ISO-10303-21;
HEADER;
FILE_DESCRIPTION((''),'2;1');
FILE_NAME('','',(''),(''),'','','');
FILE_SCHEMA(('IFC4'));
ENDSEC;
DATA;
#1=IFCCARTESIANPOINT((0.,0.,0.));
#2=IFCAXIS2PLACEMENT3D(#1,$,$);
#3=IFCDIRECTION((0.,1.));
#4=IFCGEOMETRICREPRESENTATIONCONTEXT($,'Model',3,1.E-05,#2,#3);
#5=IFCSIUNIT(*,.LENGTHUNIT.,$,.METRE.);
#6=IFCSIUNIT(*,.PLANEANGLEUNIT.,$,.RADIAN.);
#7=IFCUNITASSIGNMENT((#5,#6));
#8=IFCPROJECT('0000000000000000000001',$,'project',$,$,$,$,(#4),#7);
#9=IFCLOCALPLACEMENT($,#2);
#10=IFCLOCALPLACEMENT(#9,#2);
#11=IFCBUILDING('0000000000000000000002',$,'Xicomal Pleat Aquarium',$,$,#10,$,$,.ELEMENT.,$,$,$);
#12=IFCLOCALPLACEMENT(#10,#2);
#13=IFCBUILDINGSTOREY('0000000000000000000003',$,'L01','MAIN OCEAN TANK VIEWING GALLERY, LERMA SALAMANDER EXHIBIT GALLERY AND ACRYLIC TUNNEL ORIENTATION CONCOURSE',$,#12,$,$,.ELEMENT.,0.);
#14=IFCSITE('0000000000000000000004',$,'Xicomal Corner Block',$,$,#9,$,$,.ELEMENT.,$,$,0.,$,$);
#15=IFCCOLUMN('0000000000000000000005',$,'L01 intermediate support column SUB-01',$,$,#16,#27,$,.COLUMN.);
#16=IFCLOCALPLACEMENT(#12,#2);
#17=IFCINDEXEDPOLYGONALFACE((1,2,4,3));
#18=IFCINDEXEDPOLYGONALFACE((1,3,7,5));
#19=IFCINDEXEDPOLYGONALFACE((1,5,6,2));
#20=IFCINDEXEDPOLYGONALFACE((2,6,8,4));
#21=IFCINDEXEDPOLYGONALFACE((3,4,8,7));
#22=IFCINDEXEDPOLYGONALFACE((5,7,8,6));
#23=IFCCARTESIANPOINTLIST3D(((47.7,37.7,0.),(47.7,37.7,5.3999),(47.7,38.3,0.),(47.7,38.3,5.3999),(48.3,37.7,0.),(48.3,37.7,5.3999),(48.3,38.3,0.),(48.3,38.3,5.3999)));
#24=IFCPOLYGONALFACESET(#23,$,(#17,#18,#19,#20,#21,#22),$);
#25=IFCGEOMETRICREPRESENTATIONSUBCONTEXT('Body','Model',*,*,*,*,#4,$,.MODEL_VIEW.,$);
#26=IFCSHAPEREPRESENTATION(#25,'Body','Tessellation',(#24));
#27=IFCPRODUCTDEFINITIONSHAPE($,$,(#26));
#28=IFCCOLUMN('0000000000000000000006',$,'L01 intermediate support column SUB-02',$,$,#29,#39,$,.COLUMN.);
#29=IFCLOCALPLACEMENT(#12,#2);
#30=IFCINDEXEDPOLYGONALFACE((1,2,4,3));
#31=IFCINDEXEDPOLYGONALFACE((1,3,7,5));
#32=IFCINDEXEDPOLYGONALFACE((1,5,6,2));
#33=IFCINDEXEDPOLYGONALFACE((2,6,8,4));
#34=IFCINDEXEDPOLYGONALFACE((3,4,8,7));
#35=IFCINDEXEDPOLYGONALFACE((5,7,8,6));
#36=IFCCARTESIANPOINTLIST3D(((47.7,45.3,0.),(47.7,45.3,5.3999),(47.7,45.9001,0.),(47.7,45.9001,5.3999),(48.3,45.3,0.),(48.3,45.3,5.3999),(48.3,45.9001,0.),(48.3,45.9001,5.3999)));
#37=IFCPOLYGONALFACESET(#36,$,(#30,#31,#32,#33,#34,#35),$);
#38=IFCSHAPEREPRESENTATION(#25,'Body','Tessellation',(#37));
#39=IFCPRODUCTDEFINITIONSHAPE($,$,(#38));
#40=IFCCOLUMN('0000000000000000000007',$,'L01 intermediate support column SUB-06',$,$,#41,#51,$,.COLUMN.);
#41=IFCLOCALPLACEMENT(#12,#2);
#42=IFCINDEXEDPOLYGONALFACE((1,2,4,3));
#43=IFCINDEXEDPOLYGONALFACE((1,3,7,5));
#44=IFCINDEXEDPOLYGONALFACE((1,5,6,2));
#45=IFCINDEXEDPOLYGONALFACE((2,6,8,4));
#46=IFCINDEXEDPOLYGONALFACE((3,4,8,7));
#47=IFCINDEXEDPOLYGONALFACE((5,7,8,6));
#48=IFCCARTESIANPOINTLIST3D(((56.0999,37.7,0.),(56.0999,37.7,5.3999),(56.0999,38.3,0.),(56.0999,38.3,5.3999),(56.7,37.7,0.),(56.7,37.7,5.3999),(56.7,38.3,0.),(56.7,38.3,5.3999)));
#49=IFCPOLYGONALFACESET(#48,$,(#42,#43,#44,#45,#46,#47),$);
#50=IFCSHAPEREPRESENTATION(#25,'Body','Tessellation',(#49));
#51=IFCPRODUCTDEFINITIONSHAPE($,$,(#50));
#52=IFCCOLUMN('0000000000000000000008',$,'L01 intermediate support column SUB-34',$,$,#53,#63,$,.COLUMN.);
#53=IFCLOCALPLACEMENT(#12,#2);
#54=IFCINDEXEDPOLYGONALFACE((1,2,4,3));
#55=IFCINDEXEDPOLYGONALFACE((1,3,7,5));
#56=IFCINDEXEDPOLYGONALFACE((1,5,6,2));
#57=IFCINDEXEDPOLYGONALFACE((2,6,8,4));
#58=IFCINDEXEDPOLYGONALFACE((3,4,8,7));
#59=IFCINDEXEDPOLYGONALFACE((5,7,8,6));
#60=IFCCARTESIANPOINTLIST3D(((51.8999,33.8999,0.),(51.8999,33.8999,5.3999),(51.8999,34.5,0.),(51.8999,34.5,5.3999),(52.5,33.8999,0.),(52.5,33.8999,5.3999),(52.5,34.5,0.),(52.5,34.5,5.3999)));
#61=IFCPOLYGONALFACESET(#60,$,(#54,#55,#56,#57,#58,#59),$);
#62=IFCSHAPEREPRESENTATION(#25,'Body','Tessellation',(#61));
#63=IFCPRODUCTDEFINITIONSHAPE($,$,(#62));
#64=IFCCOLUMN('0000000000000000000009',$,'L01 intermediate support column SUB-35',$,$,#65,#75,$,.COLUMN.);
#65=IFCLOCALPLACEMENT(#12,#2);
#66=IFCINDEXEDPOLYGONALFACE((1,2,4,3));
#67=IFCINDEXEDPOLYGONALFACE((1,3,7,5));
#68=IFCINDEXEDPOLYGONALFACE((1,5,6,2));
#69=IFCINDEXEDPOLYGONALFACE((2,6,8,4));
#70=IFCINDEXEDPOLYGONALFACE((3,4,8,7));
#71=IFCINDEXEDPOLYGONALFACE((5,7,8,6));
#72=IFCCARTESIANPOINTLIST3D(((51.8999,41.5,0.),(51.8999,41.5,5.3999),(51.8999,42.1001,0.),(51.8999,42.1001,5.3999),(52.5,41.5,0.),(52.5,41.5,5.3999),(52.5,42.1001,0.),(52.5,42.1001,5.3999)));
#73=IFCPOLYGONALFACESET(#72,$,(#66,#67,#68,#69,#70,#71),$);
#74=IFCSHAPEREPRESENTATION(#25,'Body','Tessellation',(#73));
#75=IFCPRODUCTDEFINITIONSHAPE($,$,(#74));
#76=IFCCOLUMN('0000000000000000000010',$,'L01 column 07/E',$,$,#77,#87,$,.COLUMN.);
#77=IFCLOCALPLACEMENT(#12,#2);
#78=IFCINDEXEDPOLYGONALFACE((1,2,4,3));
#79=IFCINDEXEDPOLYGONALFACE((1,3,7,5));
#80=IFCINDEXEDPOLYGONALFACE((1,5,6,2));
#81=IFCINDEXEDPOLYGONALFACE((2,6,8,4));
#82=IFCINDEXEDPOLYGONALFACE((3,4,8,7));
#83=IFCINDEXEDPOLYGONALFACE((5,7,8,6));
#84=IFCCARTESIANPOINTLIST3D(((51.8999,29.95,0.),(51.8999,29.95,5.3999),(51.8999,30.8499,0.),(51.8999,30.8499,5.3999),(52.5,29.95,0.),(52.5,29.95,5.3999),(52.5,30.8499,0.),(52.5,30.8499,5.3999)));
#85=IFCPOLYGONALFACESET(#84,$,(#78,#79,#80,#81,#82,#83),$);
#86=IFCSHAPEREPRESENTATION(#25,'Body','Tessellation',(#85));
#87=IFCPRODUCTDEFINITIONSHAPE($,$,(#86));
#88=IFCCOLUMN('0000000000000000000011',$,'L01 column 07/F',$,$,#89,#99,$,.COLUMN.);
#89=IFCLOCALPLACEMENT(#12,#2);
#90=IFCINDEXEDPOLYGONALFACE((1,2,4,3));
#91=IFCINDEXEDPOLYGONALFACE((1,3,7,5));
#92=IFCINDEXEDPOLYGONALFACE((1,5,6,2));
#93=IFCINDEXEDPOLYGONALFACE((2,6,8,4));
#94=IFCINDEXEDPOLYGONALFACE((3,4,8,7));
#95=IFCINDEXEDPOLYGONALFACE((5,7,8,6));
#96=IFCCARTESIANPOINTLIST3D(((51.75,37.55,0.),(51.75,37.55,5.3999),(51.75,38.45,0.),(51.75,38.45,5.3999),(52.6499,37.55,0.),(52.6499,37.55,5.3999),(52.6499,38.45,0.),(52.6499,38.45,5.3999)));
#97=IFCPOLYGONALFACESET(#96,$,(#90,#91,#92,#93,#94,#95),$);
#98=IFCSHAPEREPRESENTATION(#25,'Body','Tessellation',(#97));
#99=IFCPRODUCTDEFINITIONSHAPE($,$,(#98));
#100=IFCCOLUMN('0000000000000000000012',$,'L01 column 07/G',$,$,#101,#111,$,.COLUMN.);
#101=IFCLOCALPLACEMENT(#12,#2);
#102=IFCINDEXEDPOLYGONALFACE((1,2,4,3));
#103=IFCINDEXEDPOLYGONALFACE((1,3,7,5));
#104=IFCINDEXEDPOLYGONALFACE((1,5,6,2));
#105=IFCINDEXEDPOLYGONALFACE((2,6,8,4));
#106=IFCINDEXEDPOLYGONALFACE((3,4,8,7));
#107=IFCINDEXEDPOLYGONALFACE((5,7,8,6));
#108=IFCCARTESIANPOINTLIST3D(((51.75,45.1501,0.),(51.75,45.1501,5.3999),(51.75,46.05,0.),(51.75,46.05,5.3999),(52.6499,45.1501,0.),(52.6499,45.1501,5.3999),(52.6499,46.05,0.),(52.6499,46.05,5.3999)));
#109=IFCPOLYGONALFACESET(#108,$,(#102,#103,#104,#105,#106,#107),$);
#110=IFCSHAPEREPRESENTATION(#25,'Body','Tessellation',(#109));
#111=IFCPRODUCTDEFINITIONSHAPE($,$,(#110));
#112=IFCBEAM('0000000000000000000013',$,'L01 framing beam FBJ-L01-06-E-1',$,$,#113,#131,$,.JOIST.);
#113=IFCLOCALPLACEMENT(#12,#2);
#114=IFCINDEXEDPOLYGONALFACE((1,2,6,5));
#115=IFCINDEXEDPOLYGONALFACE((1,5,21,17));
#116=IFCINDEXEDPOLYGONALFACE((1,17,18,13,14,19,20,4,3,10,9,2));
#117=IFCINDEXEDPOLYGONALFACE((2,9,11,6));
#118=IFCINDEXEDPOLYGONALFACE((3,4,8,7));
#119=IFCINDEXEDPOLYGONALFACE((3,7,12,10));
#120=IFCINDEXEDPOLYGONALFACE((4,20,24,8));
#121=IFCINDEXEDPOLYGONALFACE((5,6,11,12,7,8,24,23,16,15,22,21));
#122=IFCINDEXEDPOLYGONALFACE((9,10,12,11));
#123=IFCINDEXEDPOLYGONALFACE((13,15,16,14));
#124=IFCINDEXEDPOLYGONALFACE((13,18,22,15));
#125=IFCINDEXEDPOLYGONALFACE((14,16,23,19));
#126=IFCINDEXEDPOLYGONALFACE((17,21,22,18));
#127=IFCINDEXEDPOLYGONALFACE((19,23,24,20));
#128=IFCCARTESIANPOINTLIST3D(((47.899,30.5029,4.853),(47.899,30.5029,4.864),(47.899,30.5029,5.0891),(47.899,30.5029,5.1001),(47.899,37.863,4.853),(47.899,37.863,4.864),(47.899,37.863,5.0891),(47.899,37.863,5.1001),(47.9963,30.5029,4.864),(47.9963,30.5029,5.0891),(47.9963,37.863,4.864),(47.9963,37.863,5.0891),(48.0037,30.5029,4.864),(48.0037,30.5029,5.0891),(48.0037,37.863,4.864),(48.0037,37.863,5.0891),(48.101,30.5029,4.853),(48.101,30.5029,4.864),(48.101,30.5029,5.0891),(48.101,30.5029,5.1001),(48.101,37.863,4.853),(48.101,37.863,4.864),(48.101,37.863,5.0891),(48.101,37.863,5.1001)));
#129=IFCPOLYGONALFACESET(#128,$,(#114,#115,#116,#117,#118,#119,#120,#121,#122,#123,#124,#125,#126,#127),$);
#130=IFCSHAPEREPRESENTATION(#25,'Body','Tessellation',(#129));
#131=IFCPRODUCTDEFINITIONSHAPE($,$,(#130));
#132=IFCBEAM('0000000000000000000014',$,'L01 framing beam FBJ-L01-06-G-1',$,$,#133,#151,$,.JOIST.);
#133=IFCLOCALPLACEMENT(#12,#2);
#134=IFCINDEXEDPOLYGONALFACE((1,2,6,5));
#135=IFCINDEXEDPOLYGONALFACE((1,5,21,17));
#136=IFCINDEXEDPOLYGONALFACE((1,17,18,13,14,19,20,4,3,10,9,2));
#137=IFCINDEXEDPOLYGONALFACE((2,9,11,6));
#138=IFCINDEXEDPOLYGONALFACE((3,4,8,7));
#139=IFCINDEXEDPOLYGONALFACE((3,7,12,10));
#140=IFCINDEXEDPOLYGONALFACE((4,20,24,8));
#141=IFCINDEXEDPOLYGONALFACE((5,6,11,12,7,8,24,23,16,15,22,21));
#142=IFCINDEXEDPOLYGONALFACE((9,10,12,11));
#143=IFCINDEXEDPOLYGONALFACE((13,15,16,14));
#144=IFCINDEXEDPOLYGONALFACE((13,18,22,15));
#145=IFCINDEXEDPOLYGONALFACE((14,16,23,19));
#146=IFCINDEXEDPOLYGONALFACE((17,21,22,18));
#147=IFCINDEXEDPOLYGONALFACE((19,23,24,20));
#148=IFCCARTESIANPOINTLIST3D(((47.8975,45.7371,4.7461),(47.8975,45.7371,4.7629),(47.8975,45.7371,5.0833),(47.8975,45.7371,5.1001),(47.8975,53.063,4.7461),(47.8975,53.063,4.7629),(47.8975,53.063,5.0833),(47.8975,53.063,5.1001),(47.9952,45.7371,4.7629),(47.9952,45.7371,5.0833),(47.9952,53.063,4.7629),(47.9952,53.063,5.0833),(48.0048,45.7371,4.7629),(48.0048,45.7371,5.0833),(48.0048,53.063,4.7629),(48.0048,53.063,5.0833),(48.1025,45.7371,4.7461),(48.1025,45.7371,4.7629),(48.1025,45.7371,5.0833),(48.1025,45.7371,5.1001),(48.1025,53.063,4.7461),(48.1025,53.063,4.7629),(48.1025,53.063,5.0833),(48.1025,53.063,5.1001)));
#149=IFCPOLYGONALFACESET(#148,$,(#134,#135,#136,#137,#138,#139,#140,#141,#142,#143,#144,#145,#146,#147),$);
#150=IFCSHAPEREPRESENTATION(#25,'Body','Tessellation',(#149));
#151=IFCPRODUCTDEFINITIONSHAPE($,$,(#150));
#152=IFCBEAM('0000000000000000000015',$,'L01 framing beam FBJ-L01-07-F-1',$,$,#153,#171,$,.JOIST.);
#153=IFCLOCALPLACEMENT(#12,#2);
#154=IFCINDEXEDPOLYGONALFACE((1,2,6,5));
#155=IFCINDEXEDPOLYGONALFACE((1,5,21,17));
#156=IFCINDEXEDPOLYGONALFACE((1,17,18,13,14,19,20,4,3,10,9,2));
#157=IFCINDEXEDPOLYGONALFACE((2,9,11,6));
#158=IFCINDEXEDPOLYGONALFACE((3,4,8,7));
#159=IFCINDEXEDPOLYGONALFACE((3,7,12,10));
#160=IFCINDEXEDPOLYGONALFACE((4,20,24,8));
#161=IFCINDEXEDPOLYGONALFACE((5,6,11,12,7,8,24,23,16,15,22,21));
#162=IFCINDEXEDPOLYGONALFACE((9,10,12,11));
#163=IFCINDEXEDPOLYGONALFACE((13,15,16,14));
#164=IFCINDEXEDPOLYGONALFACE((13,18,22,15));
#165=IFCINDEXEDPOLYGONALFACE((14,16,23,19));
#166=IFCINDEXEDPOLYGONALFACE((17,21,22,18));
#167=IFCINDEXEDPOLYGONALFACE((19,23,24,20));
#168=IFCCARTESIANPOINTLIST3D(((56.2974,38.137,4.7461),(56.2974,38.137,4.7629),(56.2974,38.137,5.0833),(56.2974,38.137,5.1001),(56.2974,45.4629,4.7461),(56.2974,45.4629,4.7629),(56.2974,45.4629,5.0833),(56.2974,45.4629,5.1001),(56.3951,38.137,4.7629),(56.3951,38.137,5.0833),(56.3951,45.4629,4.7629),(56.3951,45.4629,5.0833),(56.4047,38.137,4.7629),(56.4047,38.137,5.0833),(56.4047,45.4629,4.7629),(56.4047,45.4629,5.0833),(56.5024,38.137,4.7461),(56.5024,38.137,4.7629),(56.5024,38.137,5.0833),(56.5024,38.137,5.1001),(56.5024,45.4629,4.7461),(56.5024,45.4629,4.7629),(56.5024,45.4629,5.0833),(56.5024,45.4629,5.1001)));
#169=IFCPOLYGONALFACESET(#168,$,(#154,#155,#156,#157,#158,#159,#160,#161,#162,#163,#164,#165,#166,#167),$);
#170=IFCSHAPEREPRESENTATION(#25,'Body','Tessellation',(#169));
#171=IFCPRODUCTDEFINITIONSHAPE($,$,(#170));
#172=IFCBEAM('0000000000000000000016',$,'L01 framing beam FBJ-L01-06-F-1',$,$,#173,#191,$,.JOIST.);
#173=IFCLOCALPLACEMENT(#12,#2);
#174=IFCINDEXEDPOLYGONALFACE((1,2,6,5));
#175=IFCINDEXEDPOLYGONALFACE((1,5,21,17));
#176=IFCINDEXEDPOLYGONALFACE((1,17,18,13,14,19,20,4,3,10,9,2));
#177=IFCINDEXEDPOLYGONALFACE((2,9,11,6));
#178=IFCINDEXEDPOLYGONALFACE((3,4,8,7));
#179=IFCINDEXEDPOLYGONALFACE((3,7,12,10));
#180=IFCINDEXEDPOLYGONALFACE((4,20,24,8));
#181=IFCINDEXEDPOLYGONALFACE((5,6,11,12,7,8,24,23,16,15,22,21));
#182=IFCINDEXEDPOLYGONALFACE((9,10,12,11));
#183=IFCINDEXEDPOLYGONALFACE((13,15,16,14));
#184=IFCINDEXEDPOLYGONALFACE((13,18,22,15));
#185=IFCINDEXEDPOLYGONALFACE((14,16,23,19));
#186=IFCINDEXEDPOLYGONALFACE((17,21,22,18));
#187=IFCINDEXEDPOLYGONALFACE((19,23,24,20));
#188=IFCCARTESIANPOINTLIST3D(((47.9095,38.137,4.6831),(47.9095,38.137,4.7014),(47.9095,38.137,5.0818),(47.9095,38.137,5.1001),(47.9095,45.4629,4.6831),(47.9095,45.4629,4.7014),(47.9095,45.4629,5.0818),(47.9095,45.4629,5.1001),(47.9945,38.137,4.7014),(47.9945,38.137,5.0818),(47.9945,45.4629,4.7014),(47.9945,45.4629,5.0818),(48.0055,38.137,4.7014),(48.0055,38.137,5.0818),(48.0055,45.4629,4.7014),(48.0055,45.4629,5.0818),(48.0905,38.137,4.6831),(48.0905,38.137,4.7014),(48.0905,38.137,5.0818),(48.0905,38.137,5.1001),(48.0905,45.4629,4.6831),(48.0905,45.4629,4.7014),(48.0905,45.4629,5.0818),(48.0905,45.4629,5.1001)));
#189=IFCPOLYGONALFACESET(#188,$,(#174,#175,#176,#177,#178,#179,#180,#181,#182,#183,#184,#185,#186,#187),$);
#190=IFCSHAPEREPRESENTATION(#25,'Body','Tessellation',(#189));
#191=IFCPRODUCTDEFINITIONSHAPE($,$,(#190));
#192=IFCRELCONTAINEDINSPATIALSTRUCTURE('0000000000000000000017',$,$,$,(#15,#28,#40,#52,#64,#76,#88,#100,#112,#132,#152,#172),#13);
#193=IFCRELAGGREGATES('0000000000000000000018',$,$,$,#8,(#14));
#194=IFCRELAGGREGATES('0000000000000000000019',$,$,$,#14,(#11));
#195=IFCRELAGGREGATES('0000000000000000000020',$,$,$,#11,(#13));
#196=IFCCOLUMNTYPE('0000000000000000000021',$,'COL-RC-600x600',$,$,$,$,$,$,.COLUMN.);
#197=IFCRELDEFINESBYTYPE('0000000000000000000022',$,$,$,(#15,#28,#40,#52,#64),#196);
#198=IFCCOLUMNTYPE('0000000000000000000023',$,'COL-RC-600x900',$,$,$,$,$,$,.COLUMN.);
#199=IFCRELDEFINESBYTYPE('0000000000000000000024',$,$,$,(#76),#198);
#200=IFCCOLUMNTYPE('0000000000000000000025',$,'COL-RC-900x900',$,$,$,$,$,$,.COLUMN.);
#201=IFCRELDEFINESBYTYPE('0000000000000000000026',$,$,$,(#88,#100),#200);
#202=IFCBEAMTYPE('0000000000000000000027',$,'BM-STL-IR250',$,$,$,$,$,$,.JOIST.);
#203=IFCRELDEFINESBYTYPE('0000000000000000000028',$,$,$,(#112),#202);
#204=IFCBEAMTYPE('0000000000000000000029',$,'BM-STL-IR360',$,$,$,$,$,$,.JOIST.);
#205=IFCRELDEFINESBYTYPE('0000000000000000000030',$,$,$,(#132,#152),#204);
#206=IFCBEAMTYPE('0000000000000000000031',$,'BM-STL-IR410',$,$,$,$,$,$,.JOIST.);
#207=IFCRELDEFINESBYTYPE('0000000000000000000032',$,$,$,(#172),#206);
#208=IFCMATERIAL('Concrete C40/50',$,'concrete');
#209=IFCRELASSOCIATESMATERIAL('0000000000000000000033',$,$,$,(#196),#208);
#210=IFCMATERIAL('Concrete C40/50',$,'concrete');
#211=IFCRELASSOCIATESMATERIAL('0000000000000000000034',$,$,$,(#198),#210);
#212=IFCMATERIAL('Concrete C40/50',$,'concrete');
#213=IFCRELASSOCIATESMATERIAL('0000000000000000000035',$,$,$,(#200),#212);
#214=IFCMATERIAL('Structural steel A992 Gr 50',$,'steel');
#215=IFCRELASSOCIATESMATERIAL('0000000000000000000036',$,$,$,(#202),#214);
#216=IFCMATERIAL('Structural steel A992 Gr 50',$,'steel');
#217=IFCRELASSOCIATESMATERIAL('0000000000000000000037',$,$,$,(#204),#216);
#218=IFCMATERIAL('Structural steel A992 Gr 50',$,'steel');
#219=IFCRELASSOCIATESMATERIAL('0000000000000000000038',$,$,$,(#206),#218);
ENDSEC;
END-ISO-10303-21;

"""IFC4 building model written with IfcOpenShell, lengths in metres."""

from ifc_helpers import new_model, si_unit, direction, frame, origin, origin_2d, place, context, subcontext, project, spatial, rectangle, i_section, extrude, material, material_profile, profile_set, type_object, element, save


model = new_model("IFC4")

# Units and contexts
model_context = context("Model", 3, precision=1e-05, world=origin(), true_north=direction((0.0, 1.0)))
body_context = subcontext(model_context, "Body", "Model", "MODEL_VIEW")
ifc_project = project(units=[si_unit("LENGTHUNIT", "METRE"), si_unit("PLANEANGLEUNIT", "RADIAN")], contexts=[model_context])

# Site, building, storey
site_placement = place(None, origin())
site = spatial("IfcSite", under=ifc_project, at=site_placement, Name="Xicomal Corner Block", CompositionType="ELEMENT", RefElevation=0.0)
building_placement = place(site_placement, origin())
building = spatial("IfcBuilding", under=site, at=building_placement, Name="Xicomal Pleat Aquarium", CompositionType="ELEMENT")
storey_placement = place(building_placement, origin())
storey = spatial("IfcBuildingStorey", under=building, at=storey_placement, Name="L01", Description="MAIN OCEAN TANK VIEWING GALLERY, LERMA SALAMANDER EXHIBIT GALLERY AND ACRYLIC TUNNEL ORIENTATION CONCOURSE", CompositionType="ELEMENT", Elevation=0.0)

# Columns
ifc_material_1 = material(Name="Concrete C40/50", Category="concrete")
ifc_material_profile_1 = material_profile(ifc_material_1, rectangle(XDim=0.6001, YDim=0.6001, at=origin_2d()), Name="RC 600x600")
ifc_profile_set_1 = profile_set([ifc_material_profile_1], Name="Concrete C40/50")
column_type_1 = type_object("IfcColumnType", Name="COL-RC-600x600", PredefinedType="COLUMN", material=ifc_profile_set_1)
for number, where, z_axis, x_axis, name in (
    (1, (48.0, 38.0, 0.0), (0.0, 0.0, 1.0), (1.0, 0.0, 0.0), "L01 intermediate support column SUB-01"),
    (2, (48.0, 45.6001, 0.0), (0.0, 0.0, 1.0), (1.0, 0.0, 0.0), "L01 intermediate support column SUB-02"),
    (3, (56.3999, 38.0, 0.0), (0.0, 0.0, 1.0), (1.0, 0.0, 0.0), "L01 intermediate support column SUB-06"),
    (4, (52.2, 34.2, 0.0), (0.0, 0.0, 1.0), (1.0, 0.0, 0.0), "L01 intermediate support column SUB-34"),
    (5, (52.2, 41.8, 0.0), (0.0, 0.0, 1.0), (1.0, 0.0, 0.0), "L01 intermediate support column SUB-35"),
):
    element("IfcColumn", number, at=place(storey_placement, frame(where, z_axis=z_axis, x_axis=x_axis)), inside=storey, type_object=column_type_1, Name=name, PredefinedType="COLUMN", context=body_context, shape_type="SweptSolid", body=[
        extrude(rectangle(XDim=0.6001, YDim=0.6001, at=origin_2d()), origin(), (0.0, 0.0, 1.0), 5.3999),
    ])
ifc_material_2 = material(Name="Concrete C40/50", Category="concrete")
ifc_material_profile_2 = material_profile(ifc_material_2, rectangle(XDim=0.6001, YDim=0.8999, at=origin_2d()), Name="RC 600x900")
ifc_profile_set_2 = profile_set([ifc_material_profile_2], Name="Concrete C40/50")
column_type_2 = type_object("IfcColumnType", Name="COL-RC-600x900", PredefinedType="COLUMN", material=ifc_profile_set_2)
column_placement = place(storey_placement, frame((52.2, 30.3999, 0.0), z_axis=(0.0, 0.0, 1.0), x_axis=(1.0, 0.0, 0.0)))
element("IfcColumn", 6, at=column_placement, inside=storey, type_object=column_type_2, Name="L01 column 07/E", PredefinedType="COLUMN", context=body_context, shape_type="SweptSolid", body=[
    extrude(rectangle(XDim=0.6001, YDim=0.8999, at=origin_2d()), origin(), (0.0, 0.0, 1.0), 5.3999),
])
ifc_material_3 = material(Name="Concrete C40/50", Category="concrete")
ifc_material_profile_3 = material_profile(ifc_material_3, rectangle(XDim=0.8999, YDim=0.8999, at=origin_2d()), Name="RC 900x900")
ifc_profile_set_3 = profile_set([ifc_material_profile_3], Name="Concrete C40/50")
column_type_3 = type_object("IfcColumnType", Name="COL-RC-900x900", PredefinedType="COLUMN", material=ifc_profile_set_3)
for number, where, z_axis, x_axis, name in (
    (7, (52.2, 38.0, 0.0), (0.0, 0.0, 1.0), (1.0, 0.0, 0.0), "L01 column 07/F"),
    (8, (52.2, 45.6001, 0.0), (0.0, 0.0, 1.0), (1.0, 0.0, 0.0), "L01 column 07/G"),
):
    element("IfcColumn", number, at=place(storey_placement, frame(where, z_axis=z_axis, x_axis=x_axis)), inside=storey, type_object=column_type_3, Name=name, PredefinedType="COLUMN", context=body_context, shape_type="SweptSolid", body=[
        extrude(rectangle(XDim=0.8999, YDim=0.8999, at=origin_2d()), origin(), (0.0, 0.0, 1.0), 5.3999),
    ])

# Beams
ifc_material_4 = material(Name="Structural steel A992 Gr 50", Category="steel")
ifc_material_profile_4 = material_profile(ifc_material_4, i_section(OverallWidth=0.2019, OverallDepth=0.2471, WebThickness=0.0073, FlangeThickness=0.011, at=origin_2d()), Name="IR 250x49")
ifc_profile_set_4 = profile_set([ifc_material_profile_4], Name="Structural steel A992 Gr 50")
beam_type_1 = type_object("IfcBeamType", Name="BM-STL-IR250", PredefinedType="JOIST", material=ifc_profile_set_4)
beam_1_placement = place(storey_placement, frame((48.0, 30.5029, 4.9766), z_axis=(0.0, 1.0, 0.0), x_axis=(-1.0, 0.0, 0.0)))
element("IfcBeam", 9, at=beam_1_placement, inside=storey, type_object=beam_type_1, Name="L01 framing beam FBJ-L01-06-E-1", PredefinedType="JOIST", context=body_context, shape_type="SweptSolid", body=[
    extrude(i_section(OverallWidth=0.2019, OverallDepth=0.2471, WebThickness=0.0073, FlangeThickness=0.011, at=origin_2d()), origin(), (0.0, 0.0, 1.0), 7.3601),
])
ifc_material_5 = material(Name="Structural steel A992 Gr 50", Category="steel")
ifc_material_profile_5 = material_profile(ifc_material_5, i_section(OverallWidth=0.2051, OverallDepth=0.354, WebThickness=0.0095, FlangeThickness=0.0168, at=origin_2d()), Name="IR 360x79")
ifc_profile_set_5 = profile_set([ifc_material_profile_5], Name="Structural steel A992 Gr 50")
beam_type_2 = type_object("IfcBeamType", Name="BM-STL-IR360", PredefinedType="JOIST", material=ifc_profile_set_5)
for number, where, z_axis, x_axis, name in (
    (10, (48.0, 45.7371, 4.9231), (0.0, 1.0, 0.0), (-1.0, 0.0, 0.0), "L01 framing beam FBJ-L01-06-G-1"),
    (11, (56.3999, 38.137, 4.9231), (0.0, 1.0, 0.0), (-1.0, 0.0, 0.0), "L01 framing beam FBJ-L01-07-F-1"),
):
    element("IfcBeam", number, at=place(storey_placement, frame(where, z_axis=z_axis, x_axis=x_axis)), inside=storey, type_object=beam_type_2, Name=name, PredefinedType="JOIST", context=body_context, shape_type="SweptSolid", body=[
        extrude(i_section(OverallWidth=0.2051, OverallDepth=0.354, WebThickness=0.0095, FlangeThickness=0.0168, at=origin_2d()), origin(), (0.0, 0.0, 1.0), 7.3259),
    ])
ifc_material_6 = material(Name="Structural steel A992 Gr 50", Category="steel")
ifc_material_profile_6 = material_profile(ifc_material_6, i_section(OverallWidth=0.1809, OverallDepth=0.417, WebThickness=0.011, FlangeThickness=0.0183, at=origin_2d()), Name="IR 410x85")
ifc_profile_set_6 = profile_set([ifc_material_profile_6], Name="Structural steel A992 Gr 50")
beam_type_3 = type_object("IfcBeamType", Name="BM-STL-IR410", PredefinedType="JOIST", material=ifc_profile_set_6)
for number, where, z_axis, x_axis, name in (
    (12, (48.0, 38.137, 4.8916), (0.0, 1.0, 0.0), (-1.0, 0.0, 0.0), "L01 framing beam FBJ-L01-06-F-1"),
):
    element("IfcBeam", number, at=place(storey_placement, frame(where, z_axis=z_axis, x_axis=x_axis)), inside=storey, type_object=beam_type_3, Name=name, PredefinedType="JOIST", context=body_context, shape_type="SweptSolid", body=[
        extrude(i_section(OverallWidth=0.1809, OverallDepth=0.417, WebThickness=0.011, FlangeThickness=0.0183, at=origin_2d()), origin(), (0.0, 0.0, 1.0), 7.3259),
    ])

save(model, "model.ifc")
